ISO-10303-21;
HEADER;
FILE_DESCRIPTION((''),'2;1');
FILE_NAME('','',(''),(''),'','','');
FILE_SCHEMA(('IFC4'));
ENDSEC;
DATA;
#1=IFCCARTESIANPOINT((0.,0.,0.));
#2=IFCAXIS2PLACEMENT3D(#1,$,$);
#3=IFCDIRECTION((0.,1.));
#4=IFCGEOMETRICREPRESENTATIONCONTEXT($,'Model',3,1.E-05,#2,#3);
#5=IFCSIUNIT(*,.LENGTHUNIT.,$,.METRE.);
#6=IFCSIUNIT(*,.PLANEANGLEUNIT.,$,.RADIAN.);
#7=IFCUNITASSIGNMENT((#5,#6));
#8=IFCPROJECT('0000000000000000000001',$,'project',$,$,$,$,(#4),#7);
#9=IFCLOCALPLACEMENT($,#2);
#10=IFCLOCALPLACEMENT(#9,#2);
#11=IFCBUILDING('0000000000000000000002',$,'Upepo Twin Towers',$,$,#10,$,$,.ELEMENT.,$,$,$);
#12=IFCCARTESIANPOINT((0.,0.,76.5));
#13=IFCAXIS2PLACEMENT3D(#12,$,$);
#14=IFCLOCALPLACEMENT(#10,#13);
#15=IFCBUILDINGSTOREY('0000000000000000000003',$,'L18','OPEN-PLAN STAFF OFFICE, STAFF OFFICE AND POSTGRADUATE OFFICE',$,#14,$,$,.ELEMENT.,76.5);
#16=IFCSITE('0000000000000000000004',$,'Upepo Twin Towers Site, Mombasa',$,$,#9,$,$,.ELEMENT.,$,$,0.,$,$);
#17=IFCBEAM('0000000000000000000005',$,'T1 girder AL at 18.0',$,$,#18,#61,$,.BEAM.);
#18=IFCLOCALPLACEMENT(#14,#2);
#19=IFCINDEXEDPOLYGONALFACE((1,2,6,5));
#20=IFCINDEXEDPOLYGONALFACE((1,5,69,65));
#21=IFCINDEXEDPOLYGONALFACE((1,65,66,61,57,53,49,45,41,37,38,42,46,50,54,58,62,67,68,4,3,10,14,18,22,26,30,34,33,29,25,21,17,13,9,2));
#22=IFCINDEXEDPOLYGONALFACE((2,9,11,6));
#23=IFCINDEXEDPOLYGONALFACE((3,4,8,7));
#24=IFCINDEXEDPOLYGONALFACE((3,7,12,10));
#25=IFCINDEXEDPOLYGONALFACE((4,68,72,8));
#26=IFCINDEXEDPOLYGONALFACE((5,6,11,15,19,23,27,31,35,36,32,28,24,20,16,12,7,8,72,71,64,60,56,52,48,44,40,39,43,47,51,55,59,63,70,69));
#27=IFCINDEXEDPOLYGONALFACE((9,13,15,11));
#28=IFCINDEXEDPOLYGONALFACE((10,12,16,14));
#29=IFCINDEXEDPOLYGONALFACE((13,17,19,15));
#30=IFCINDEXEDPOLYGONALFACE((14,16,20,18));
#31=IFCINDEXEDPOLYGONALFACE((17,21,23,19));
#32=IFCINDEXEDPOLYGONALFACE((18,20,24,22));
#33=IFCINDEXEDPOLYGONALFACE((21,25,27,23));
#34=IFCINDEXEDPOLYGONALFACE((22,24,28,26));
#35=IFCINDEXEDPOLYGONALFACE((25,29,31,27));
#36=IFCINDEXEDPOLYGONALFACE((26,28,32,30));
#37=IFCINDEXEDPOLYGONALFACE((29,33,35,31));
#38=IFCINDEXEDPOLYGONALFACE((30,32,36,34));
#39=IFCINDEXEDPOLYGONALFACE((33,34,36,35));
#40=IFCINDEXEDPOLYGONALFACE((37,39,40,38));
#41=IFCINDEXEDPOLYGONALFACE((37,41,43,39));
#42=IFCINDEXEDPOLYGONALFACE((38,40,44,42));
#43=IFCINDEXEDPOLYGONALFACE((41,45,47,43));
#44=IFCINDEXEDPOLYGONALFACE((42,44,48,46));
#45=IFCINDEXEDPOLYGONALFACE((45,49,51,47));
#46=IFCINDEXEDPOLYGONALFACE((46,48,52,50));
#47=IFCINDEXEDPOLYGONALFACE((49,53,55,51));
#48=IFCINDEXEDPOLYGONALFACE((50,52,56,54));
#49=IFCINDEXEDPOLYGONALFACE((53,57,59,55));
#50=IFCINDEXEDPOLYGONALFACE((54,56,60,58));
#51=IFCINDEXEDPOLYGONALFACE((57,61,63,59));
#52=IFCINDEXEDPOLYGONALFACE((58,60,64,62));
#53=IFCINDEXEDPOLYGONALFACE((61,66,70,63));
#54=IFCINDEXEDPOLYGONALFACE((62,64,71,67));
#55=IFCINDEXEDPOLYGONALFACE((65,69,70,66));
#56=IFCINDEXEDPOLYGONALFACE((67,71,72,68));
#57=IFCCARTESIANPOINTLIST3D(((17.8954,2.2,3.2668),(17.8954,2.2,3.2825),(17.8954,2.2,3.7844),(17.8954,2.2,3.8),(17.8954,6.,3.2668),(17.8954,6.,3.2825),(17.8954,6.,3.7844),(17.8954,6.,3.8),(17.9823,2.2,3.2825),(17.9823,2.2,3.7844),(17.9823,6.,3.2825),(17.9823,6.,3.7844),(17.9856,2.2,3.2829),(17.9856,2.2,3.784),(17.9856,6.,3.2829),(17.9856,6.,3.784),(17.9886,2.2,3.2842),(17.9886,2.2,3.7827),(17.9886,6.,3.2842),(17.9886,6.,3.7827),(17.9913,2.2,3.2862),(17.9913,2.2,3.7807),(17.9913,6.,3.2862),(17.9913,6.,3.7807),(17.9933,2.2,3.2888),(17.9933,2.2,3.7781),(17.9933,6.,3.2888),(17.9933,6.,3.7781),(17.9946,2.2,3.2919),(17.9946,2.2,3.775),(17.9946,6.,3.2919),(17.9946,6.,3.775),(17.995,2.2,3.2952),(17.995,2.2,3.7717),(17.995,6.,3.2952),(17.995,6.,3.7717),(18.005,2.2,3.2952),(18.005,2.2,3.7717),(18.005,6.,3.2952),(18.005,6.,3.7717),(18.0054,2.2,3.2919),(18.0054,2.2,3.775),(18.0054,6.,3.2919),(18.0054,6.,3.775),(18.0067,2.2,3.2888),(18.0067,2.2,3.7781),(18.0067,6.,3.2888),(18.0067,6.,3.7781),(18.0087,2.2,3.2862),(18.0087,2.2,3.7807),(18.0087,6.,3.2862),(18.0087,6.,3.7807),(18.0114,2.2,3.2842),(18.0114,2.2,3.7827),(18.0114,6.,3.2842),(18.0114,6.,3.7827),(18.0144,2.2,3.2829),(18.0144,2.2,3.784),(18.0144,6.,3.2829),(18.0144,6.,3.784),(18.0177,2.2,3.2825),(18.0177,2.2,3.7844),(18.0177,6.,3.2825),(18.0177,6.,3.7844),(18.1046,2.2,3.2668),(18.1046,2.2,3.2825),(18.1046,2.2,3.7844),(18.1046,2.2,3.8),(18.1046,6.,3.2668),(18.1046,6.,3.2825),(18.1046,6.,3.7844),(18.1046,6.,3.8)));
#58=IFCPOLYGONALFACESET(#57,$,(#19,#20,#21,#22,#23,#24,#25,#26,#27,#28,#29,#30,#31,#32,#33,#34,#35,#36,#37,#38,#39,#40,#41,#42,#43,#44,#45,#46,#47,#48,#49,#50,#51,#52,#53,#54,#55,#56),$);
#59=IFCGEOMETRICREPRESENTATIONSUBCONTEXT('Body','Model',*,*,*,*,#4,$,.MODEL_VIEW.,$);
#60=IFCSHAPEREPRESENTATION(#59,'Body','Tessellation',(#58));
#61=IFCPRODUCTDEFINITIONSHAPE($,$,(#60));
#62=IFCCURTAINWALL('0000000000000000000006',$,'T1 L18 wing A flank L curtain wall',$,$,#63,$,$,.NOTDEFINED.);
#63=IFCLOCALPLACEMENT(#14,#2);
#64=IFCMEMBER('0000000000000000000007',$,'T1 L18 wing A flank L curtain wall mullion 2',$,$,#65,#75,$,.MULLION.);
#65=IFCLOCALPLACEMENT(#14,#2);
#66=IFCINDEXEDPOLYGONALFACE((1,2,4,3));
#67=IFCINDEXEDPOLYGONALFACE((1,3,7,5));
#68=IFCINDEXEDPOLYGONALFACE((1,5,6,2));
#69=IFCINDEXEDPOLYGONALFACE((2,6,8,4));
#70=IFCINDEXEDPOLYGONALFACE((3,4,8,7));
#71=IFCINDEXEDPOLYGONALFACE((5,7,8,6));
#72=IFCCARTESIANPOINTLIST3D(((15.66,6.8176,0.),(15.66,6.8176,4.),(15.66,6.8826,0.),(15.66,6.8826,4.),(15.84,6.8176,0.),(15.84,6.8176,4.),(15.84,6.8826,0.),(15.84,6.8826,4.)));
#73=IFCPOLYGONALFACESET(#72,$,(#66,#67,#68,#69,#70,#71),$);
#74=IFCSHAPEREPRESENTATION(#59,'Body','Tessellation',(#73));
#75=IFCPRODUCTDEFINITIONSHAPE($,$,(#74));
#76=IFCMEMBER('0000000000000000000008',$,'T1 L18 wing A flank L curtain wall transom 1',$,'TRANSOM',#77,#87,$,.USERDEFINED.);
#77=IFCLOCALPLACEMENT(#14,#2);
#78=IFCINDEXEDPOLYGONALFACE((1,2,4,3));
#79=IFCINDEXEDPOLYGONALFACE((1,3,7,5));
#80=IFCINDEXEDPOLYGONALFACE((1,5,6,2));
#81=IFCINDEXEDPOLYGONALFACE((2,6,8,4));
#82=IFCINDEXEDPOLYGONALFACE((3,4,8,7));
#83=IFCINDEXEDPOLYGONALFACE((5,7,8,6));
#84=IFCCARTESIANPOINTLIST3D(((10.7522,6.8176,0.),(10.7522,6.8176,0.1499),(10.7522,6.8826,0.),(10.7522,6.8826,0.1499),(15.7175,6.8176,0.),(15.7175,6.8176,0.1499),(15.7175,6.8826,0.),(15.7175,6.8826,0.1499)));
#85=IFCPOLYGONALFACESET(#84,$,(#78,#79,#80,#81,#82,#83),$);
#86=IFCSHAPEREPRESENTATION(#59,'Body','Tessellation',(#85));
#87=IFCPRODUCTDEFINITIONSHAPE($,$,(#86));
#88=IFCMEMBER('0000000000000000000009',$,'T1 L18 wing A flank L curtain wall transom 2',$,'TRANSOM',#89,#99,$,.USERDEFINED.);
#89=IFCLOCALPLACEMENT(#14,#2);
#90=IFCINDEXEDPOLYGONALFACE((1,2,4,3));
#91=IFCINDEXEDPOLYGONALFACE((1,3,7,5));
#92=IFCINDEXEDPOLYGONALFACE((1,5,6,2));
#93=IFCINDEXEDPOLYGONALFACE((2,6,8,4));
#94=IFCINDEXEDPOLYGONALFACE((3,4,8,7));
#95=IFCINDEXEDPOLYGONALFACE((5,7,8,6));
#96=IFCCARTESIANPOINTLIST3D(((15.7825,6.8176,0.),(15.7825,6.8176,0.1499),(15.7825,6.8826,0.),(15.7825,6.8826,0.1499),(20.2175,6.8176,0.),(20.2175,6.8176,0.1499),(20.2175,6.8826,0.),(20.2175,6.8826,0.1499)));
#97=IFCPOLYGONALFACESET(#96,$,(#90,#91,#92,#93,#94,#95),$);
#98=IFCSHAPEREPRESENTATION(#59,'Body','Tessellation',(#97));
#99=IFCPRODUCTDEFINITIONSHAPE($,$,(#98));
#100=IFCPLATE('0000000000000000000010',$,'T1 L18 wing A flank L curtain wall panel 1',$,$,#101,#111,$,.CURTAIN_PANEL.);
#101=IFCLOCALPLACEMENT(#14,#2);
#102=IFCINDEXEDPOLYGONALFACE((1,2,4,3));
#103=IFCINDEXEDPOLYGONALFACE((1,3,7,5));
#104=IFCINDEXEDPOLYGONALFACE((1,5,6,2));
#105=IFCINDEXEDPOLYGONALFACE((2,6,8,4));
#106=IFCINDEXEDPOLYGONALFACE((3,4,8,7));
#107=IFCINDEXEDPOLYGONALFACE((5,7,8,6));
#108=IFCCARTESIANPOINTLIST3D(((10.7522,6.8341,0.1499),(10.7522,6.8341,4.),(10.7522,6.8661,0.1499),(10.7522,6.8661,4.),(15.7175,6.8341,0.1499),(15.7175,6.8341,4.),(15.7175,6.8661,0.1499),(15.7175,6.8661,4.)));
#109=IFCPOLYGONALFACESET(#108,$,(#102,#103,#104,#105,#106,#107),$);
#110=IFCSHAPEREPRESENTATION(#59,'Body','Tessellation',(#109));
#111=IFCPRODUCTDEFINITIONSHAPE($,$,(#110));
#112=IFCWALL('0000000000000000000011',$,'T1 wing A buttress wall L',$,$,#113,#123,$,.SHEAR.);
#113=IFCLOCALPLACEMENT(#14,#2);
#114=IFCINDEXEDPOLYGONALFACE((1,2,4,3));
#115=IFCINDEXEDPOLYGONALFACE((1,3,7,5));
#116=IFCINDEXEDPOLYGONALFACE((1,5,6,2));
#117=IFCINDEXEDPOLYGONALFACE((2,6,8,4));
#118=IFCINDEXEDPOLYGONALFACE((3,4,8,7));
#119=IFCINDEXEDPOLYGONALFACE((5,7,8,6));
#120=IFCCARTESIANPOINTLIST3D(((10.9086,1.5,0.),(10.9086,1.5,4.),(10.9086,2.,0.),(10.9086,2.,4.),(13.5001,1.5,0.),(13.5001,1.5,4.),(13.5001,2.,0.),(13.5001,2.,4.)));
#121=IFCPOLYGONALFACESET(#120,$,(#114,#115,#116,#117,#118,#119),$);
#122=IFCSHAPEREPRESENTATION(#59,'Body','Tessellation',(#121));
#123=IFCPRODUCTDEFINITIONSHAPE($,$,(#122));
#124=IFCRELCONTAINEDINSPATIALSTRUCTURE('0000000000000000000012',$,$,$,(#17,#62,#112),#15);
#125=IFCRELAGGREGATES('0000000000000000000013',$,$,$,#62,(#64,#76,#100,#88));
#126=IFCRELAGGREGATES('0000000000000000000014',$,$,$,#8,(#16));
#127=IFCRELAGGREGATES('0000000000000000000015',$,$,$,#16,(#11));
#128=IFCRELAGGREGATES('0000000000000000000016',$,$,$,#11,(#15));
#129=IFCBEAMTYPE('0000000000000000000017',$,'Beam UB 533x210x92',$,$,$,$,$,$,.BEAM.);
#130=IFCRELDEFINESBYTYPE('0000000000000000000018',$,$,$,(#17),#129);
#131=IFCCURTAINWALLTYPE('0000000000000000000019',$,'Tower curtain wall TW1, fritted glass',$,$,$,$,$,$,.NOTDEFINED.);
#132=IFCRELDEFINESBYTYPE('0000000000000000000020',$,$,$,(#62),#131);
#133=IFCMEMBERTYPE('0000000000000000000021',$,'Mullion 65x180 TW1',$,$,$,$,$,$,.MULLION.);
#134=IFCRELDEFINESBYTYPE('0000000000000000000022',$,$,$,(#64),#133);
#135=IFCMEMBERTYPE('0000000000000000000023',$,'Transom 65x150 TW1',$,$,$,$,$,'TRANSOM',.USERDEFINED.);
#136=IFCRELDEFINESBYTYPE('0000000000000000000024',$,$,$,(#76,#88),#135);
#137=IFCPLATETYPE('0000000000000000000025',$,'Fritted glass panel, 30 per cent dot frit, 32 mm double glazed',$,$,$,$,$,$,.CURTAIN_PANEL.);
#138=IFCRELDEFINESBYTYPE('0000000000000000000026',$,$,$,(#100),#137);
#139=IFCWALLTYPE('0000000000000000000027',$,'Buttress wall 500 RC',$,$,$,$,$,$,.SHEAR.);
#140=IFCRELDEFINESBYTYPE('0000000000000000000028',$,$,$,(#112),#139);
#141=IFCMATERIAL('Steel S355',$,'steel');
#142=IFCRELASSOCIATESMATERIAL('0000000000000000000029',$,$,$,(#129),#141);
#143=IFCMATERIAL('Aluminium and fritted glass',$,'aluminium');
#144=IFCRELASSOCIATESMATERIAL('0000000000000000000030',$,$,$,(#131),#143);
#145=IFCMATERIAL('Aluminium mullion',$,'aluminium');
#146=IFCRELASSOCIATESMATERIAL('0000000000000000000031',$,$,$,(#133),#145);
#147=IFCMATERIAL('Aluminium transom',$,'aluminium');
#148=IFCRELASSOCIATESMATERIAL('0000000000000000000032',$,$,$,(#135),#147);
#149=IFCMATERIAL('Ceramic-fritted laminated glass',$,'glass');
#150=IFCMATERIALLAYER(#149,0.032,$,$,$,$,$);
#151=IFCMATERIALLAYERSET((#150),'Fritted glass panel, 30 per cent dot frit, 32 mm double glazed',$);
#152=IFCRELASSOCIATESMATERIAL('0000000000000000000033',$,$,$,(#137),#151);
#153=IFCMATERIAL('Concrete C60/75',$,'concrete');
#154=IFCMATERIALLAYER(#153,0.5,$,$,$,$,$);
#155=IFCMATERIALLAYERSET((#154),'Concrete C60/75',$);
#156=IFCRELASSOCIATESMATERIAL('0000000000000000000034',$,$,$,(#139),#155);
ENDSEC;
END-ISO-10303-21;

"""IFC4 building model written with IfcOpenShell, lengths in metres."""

from ifc_helpers import new_model, si_unit, direction, frame, frame_2d, origin, origin_2d, place, context, subcontext, project, spatial, rectangle, i_section, extrude, material, layer, layer_set, material_profile, profile_set, type_object, element, aggregate, save


model = new_model("IFC4")

# Units and contexts
model_context = context("Model", 3, precision=1e-05, world=origin(), true_north=direction((0.0, 1.0)))
body_context = subcontext(model_context, "Body", "Model", "MODEL_VIEW")
ifc_project = project(units=[si_unit("LENGTHUNIT", "METRE"), si_unit("PLANEANGLEUNIT", "RADIAN")], contexts=[model_context])

# Site, building, storey
site_placement = place(None, origin())
site = spatial("IfcSite", under=ifc_project, at=site_placement, Name="Upepo Twin Towers Site, Mombasa", CompositionType="ELEMENT", RefElevation=0.0)
building_placement = place(site_placement, origin())
building = spatial("IfcBuilding", under=site, at=building_placement, Name="Upepo Twin Towers", CompositionType="ELEMENT")
storey_placement = place(building_placement, frame((0.0, 0.0, 76.5)))
storey = spatial("IfcBuildingStorey", under=building, at=storey_placement, Name="L18", Description="OPEN-PLAN STAFF OFFICE, STAFF OFFICE AND POSTGRADUATE OFFICE", CompositionType="ELEMENT", Elevation=76.5)

# Beam
ifc_material_1 = material(Name="Steel S355", Category="steel")
ifc_material_profile_1 = material_profile(ifc_material_1, i_section(OverallWidth=0.2092, OverallDepth=0.5332, WebThickness=0.01, FlangeThickness=0.0156, FilletRadius=0.0127, at=origin_2d()), Name="UB 533x210x92")
ifc_profile_set_1 = profile_set([ifc_material_profile_1], Name="Steel S355")
beam_type_1 = type_object("IfcBeamType", Name="Beam UB 533x210x92", PredefinedType="BEAM", material=ifc_profile_set_1)
for number, where, z_axis, x_axis, name in (
    (1, (18.0, 6.0, 3.5334), (0.0, -1.0, 0.0), (1.0, 0.0, 0.0), "T1 girder AL at 18.0"),
):
    element("IfcBeam", number, at=place(storey_placement, frame(where, z_axis=z_axis, x_axis=x_axis)), inside=storey, type_object=beam_type_1, Name=name, PredefinedType="BEAM", context=body_context, shape_type="SweptSolid", body=[
        extrude(i_section(OverallWidth=0.2092, OverallDepth=0.5332, WebThickness=0.01, FlangeThickness=0.0156, FilletRadius=0.0127, at=origin_2d()), origin(), (0.0, 0.0, 1.0), 3.8),
    ])

# Curtain wall, members, plate
ifc_material_2 = material(Name="Aluminium and fritted glass", Category="aluminium")
curtain_wall_type = type_object("IfcCurtainWallType", Name="Tower curtain wall TW1, fritted glass", PredefinedType="NOTDEFINED", material=ifc_material_2)
curtain_wall_placement = place(storey_placement, origin())
curtain_wall = element("IfcCurtainWall", 2, at=curtain_wall_placement, inside=storey, type_object=curtain_wall_type, Name="T1 L18 wing A flank L curtain wall", PredefinedType="NOTDEFINED")
ifc_material_3 = material(Name="Aluminium mullion", Category="aluminium")
ifc_material_profile_2 = material_profile(ifc_material_3, rectangle(XDim=0.0649, YDim=0.1799, at=origin_2d()), Name="MULLION 65x180")
ifc_profile_set_2 = profile_set([ifc_material_profile_2], Name="Aluminium mullion")
member_type_1 = type_object("IfcMemberType", Name="Mullion 65x180 TW1", PredefinedType="MULLION", material=ifc_profile_set_2)
member_1_placement = place(storey_placement, frame((15.75, 6.8501, 0.0), z_axis=(0.0, 0.0, 1.0), x_axis=(0.0, 1.0, 0.0)))
member_1 = element("IfcMember", 3, at=member_1_placement, type_object=member_type_1, Name="T1 L18 wing A flank L curtain wall mullion 2", PredefinedType="MULLION", context=body_context, shape_type="SweptSolid", body=[
    extrude(rectangle(XDim=0.0649, YDim=0.1799, at=origin_2d()), origin(), (0.0, 0.0, 1.0), 4.0),
])
ifc_material_4 = material(Name="Aluminium transom", Category="aluminium")
ifc_material_profile_3 = material_profile(ifc_material_4, rectangle(XDim=0.0649, YDim=0.1499, at=origin_2d()), Name="TRANSOM 65x150")
ifc_profile_set_3 = profile_set([ifc_material_profile_3], Name="Aluminium transom")
member_type_2 = type_object("IfcMemberType", Name="Transom 65x150 TW1", ElementType="TRANSOM", PredefinedType="USERDEFINED", material=ifc_profile_set_3)
member_2_placement = place(storey_placement, frame((10.7522, 6.8501, 0.075), z_axis=(1.0, 0.0, 0.0), x_axis=(0.0, 1.0, 0.0)))
member_2 = element("IfcMember", 4, at=member_2_placement, type_object=member_type_2, Name="T1 L18 wing A flank L curtain wall transom 1", ObjectType="TRANSOM", PredefinedType="USERDEFINED", context=body_context, shape_type="SweptSolid", body=[
    extrude(rectangle(XDim=0.0649, YDim=0.1499, at=origin_2d()), origin(), (0.0, 0.0, 1.0), 4.9653),
])
member_3_placement = place(storey_placement, frame((15.7825, 6.8501, 0.075), z_axis=(1.0, 0.0, 0.0), x_axis=(0.0, 1.0, 0.0)))
member_3 = element("IfcMember", 5, at=member_3_placement, type_object=member_type_2, Name="T1 L18 wing A flank L curtain wall transom 2", ObjectType="TRANSOM", PredefinedType="USERDEFINED", context=body_context, shape_type="SweptSolid", body=[
    extrude(rectangle(XDim=0.0649, YDim=0.1499, at=origin_2d()), origin(), (0.0, 0.0, 1.0), 4.4351),
])
ifc_material_5 = material(Name="Ceramic-fritted laminated glass", Category="glass")
ifc_layer_1 = layer(ifc_material_5, 0.032)
ifc_layer_set_1 = layer_set([ifc_layer_1], Name="Fritted glass panel, 30 per cent dot frit, 32 mm double glazed")
plate_type = type_object("IfcPlateType", Name="Fritted glass panel, 30 per cent dot frit, 32 mm double glazed", PredefinedType="CURTAIN_PANEL", material=ifc_layer_set_1)
plate_placement = place(storey_placement, frame((13.2349, 6.8501, 0.1499), z_axis=(0.0, 0.0, 1.0), x_axis=(1.0, 0.0, 0.0)))
plate = element("IfcPlate", 6, at=plate_placement, type_object=plate_type, Name="T1 L18 wing A flank L curtain wall panel 1", PredefinedType="CURTAIN_PANEL", context=body_context, shape_type="SweptSolid", body=[
    extrude(rectangle(XDim=4.9653, YDim=0.032, at=origin_2d()), origin(), (0.0, 0.0, 1.0), 3.8501),
])
aggregate(curtain_wall, [member_1, member_2, plate, member_3])

# Wall
ifc_material_6 = material(Name="Concrete C60/75", Category="concrete")
ifc_layer_2 = layer(ifc_material_6, 0.5)
ifc_layer_set_2 = layer_set([ifc_layer_2], Name="Concrete C60/75")
wall_type_1 = type_object("IfcWallType", Name="Buttress wall 500 RC", PredefinedType="SHEAR", material=ifc_layer_set_2)
wall_1_placement = place(storey_placement, frame((10.9084, 1.75, 0.0), z_axis=(0.0, 0.0, 1.0), x_axis=(1.0, 0.0, 0.0)))
element("IfcWall", 7, at=wall_1_placement, inside=storey, type_object=wall_type_1, Name="T1 wing A buttress wall L", PredefinedType="SHEAR", context=body_context, shape_type="SweptSolid", body=[
    extrude(rectangle(XDim=2.5916, YDim=0.5, at=frame_2d((1.2959, 0.0))), origin(), (0.0, 0.0, 1.0), 4.0),
])

save(model, "model.ifc")
